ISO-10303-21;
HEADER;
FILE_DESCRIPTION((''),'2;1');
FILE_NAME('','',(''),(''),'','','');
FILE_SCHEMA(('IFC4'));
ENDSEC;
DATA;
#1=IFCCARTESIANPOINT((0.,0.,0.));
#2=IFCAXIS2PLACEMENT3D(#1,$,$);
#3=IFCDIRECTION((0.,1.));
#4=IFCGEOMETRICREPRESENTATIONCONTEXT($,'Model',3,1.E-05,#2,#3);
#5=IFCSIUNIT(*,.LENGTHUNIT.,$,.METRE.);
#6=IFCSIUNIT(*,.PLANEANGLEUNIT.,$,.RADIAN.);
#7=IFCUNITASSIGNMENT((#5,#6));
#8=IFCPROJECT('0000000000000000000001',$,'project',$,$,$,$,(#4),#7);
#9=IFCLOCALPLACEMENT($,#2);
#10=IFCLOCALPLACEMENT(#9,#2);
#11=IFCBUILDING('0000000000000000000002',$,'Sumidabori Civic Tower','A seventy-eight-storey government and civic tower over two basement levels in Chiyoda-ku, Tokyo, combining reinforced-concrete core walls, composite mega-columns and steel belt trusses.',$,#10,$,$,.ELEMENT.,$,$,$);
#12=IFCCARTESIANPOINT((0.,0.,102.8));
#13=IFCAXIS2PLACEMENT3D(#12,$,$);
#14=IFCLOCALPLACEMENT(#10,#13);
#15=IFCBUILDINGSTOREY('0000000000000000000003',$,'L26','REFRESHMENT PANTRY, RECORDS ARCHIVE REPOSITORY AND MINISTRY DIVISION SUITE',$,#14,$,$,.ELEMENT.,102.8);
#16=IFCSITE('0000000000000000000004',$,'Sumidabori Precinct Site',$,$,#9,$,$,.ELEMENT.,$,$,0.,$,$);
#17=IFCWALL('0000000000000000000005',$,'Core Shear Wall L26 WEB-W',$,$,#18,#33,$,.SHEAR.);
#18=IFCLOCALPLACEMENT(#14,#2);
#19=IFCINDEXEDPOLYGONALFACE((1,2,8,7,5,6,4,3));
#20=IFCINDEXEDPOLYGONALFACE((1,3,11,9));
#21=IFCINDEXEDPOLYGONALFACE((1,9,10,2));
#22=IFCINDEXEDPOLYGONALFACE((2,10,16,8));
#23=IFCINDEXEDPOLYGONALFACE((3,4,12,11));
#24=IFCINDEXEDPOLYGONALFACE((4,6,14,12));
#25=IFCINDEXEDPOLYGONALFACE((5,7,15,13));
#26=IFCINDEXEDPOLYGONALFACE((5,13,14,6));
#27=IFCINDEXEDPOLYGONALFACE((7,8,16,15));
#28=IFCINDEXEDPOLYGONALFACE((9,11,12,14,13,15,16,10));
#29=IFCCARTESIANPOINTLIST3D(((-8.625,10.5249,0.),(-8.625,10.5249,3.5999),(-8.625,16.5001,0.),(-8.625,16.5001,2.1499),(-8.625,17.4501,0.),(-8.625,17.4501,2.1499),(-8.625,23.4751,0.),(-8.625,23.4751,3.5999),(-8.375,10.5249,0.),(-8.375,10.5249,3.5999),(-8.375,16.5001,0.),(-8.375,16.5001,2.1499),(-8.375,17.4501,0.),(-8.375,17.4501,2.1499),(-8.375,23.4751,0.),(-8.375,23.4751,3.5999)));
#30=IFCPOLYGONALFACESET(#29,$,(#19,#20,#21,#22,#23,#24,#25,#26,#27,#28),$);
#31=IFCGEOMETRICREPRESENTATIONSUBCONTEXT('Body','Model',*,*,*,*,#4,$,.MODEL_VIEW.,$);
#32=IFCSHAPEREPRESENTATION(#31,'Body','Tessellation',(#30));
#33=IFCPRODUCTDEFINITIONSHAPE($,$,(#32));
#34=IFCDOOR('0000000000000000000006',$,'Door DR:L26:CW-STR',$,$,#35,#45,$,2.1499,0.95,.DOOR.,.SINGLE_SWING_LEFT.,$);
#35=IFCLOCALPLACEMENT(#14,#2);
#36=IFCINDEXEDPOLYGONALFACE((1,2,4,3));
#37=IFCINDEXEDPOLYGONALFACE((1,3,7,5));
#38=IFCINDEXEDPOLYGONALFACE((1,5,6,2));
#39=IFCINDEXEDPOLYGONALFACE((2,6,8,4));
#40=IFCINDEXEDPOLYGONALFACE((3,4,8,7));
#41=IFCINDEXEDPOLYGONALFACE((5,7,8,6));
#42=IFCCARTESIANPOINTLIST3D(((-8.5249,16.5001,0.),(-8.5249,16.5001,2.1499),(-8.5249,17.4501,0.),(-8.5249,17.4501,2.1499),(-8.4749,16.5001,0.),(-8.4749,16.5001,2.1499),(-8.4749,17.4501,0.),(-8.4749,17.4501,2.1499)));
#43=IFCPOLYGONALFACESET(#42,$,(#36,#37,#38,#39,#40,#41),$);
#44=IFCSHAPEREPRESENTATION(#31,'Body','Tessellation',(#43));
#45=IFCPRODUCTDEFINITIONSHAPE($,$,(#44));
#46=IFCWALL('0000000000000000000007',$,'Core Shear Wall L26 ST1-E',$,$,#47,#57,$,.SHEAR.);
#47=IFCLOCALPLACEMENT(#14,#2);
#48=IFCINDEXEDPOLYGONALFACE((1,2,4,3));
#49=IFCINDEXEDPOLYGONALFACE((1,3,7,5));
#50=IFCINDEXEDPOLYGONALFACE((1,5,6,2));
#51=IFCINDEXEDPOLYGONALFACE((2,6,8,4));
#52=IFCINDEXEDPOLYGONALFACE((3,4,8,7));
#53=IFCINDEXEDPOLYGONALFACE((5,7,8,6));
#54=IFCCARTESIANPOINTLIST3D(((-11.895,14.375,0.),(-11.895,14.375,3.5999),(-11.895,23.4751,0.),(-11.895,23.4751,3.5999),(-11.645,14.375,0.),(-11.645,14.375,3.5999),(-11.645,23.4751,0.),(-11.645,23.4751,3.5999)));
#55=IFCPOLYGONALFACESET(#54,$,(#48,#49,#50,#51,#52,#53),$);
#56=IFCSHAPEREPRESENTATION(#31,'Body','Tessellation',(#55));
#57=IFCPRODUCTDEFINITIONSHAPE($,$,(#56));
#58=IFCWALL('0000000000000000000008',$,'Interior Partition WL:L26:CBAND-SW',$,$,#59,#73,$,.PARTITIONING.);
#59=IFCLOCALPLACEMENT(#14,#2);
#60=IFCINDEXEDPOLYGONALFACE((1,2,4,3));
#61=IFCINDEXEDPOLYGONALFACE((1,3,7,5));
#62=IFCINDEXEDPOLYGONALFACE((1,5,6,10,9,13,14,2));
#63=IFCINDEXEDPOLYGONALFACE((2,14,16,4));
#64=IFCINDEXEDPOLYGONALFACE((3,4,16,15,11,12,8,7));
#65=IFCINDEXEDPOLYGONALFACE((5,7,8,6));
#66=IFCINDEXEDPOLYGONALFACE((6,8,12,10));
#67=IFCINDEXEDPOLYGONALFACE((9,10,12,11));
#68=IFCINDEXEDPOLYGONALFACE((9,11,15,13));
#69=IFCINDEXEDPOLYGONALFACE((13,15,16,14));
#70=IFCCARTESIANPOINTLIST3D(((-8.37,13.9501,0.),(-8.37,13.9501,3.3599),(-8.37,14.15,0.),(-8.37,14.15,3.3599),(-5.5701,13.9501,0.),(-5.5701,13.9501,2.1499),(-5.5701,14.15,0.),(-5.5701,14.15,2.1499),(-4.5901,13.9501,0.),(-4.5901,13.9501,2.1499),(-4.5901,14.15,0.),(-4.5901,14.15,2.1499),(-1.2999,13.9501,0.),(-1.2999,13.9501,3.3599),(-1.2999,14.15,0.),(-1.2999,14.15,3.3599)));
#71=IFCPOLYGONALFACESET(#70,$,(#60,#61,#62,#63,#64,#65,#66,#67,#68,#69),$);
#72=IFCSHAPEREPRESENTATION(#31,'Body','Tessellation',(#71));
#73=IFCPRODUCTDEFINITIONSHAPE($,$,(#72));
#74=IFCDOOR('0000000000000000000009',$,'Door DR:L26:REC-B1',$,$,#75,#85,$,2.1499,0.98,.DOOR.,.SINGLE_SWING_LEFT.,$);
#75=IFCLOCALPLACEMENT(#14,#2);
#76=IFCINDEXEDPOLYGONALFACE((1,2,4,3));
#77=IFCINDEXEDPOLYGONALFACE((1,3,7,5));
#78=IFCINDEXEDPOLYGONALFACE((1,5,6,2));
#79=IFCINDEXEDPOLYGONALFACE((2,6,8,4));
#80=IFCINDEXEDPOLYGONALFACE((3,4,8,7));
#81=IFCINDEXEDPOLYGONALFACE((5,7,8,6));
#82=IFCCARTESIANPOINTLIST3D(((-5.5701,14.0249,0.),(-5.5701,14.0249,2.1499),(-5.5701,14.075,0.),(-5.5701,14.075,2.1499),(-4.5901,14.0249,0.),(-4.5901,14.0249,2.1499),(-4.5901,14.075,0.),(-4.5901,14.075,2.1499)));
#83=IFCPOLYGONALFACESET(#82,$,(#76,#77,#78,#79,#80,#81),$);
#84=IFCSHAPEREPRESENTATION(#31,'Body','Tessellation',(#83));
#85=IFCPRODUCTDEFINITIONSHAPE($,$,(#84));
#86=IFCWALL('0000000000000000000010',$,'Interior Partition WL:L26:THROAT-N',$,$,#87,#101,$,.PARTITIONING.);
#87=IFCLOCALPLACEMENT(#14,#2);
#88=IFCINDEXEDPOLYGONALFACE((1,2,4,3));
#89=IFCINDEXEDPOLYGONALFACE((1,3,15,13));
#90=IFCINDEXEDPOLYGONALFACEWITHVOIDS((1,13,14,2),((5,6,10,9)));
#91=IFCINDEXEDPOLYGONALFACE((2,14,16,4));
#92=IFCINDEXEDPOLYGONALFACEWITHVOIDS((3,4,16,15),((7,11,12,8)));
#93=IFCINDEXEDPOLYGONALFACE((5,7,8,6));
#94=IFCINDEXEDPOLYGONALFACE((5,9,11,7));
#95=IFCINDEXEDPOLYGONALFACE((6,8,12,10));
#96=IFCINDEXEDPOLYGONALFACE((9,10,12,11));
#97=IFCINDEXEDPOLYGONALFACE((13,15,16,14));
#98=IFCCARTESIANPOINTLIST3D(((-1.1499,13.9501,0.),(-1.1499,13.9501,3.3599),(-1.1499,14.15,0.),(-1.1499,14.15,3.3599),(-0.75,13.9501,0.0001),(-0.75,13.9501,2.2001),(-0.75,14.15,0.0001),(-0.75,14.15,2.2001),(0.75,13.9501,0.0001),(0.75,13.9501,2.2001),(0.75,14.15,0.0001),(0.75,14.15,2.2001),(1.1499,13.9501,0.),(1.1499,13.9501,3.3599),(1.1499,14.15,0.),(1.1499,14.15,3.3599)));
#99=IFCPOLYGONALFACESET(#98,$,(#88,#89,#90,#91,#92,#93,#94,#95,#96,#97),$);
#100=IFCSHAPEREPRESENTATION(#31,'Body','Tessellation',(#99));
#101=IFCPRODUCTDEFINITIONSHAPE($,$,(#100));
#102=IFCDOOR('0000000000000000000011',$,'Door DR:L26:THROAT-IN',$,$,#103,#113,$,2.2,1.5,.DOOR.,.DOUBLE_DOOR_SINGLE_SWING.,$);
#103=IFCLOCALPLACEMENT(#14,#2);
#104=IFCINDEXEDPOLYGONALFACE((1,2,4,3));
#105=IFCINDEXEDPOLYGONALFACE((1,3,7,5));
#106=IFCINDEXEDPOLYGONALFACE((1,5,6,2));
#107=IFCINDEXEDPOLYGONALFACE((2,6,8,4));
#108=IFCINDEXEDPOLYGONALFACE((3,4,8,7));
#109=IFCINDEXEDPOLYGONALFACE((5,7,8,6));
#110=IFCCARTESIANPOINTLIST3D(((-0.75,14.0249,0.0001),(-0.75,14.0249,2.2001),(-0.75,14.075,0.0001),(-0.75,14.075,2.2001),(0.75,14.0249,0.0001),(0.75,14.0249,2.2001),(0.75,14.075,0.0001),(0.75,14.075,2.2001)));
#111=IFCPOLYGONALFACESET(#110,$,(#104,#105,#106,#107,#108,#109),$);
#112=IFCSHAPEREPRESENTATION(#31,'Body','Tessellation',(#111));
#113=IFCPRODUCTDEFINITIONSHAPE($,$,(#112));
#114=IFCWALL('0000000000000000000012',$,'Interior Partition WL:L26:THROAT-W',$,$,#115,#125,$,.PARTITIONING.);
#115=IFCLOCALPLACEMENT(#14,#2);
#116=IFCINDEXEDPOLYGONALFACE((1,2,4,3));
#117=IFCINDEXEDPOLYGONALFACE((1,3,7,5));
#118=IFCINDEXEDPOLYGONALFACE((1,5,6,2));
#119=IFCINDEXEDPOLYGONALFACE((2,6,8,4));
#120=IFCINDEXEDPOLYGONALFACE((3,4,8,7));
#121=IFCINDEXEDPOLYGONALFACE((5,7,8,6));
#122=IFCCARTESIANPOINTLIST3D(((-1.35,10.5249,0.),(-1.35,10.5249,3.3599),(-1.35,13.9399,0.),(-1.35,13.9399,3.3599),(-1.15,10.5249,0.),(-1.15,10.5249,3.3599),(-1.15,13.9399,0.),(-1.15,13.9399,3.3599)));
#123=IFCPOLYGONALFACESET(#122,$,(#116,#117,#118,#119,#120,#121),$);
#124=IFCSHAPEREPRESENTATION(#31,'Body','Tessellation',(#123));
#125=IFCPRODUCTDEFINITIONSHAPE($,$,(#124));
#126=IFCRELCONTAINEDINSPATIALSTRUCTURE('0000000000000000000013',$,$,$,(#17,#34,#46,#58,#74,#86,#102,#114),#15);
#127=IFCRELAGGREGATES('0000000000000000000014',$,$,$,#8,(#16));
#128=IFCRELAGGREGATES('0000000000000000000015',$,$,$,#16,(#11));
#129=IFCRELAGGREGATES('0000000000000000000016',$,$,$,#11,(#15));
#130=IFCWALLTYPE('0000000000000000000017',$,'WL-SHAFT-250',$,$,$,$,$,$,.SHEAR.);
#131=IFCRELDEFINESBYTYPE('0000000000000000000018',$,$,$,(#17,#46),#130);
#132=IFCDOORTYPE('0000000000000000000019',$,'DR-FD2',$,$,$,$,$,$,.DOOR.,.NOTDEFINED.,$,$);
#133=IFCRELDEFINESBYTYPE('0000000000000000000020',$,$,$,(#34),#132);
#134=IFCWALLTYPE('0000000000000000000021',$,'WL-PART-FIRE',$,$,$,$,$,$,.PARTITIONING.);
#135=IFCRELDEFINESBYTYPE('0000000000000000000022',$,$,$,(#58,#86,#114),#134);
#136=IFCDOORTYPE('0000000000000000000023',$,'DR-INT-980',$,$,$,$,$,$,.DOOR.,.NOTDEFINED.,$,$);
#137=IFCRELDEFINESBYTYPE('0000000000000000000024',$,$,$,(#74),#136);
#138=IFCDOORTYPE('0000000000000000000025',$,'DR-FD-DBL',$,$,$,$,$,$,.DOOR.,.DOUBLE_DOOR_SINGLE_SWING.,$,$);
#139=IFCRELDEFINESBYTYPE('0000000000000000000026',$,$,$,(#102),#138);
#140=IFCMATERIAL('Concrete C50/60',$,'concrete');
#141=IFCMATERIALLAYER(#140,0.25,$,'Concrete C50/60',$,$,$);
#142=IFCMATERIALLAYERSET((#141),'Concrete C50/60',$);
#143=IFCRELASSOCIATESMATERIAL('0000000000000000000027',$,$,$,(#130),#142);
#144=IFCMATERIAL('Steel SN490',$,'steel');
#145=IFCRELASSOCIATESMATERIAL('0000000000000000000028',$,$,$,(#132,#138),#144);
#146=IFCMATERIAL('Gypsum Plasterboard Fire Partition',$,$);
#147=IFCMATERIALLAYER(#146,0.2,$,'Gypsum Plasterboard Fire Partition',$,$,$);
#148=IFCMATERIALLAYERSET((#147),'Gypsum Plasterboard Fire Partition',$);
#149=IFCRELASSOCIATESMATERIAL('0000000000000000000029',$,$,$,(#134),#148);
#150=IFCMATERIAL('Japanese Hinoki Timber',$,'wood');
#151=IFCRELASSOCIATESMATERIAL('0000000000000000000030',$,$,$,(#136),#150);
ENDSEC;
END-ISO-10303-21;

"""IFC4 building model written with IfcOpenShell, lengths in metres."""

from ifc_helpers import new_model, si_unit, direction, frame, frame_2d, origin, place, context, subcontext, project, spatial, rectangle, extrude, source, transform, mapped, material, layer, layer_set, type_object, element, fill, save


model = new_model("IFC4")

# Units and contexts
model_context = context("Model", 3, precision=1e-05, world=origin(), true_north=direction((0.0, 1.0)))
body_context = subcontext(model_context, "Body", "Model", "MODEL_VIEW")
ifc_project = project(units=[si_unit("LENGTHUNIT", "METRE"), si_unit("PLANEANGLEUNIT", "RADIAN")], contexts=[model_context])

# Site, building, storey
site_placement = place(None, origin())
site = spatial("IfcSite", under=ifc_project, at=site_placement, Name="Sumidabori Precinct Site", CompositionType="ELEMENT", RefElevation=0.0)
building_placement = place(site_placement, origin())
building = spatial("IfcBuilding", under=site, at=building_placement, Name="Sumidabori Civic Tower", Description="A seventy-eight-storey government and civic tower over two basement levels in Chiyoda-ku, Tokyo, combining reinforced-concrete core walls, composite mega-columns and steel belt trusses.", CompositionType="ELEMENT")
storey_placement = place(building_placement, frame((0.0, 0.0, 102.8)))
storey = spatial("IfcBuildingStorey", under=building, at=storey_placement, Name="L26", Description="REFRESHMENT PANTRY, RECORDS ARCHIVE REPOSITORY AND MINISTRY DIVISION SUITE", CompositionType="ELEMENT", Elevation=102.8)

# Shared definitions
ifc_material_1 = material(Name="Concrete C50/60", Category="concrete")

# Shared definitions
ifc_material_2 = material(Name="Steel SN490", Category="steel")

# Wall, opening, door
ifc_layer_1 = layer(ifc_material_1, 0.25, Name="Concrete C50/60")
ifc_layer_set_1 = layer_set([ifc_layer_1], Name="Concrete C50/60")
wall_type_1 = type_object("IfcWallType", Name="WL-SHAFT-250", PredefinedType="SHEAR", material=ifc_layer_set_1)
shared_shape_1 = source(origin(), body_context, "Body", "SweptSolid", [
    extrude(rectangle(XDim=12.9502, YDim=0.25, at=frame_2d((6.4751, 0.0))), origin(), (0.0, 0.0, 1.0), 3.5999),
])
wall_1_placement = place(storey_placement, frame((-8.5, 10.5249, 0.0), z_axis=(0.0, 0.0, 1.0), x_axis=(0.0, 1.0, 0.0)))
wall_1 = element("IfcWall", 1, at=wall_1_placement, inside=storey, type_object=wall_type_1, Name="Core Shear Wall L26 WEB-W", PredefinedType="SHEAR", context=body_context, shape_type="MappedRepresentation", body=[
    mapped(shared_shape_1, transform((0.0, 0.0, 0.0), x_axis=(1.0, 0.0, 0.0), y_axis=(0.0, 1.0, 0.0), z_axis=(0.0, 0.0, 1.0), scale=1.0)),
])
opening_1_placement = place(wall_1_placement, frame((5.9751, 0.0, 0.0)))
opening_1 = element("IfcOpeningElement", 2, at=opening_1_placement, cuts=wall_1, PredefinedType="OPENING", context=body_context, shape_type="SweptSolid", body=[
    extrude(rectangle(XDim=0.95, YDim=2.1499, at=frame_2d((0.4751, 1.075))), frame((0.0, 0.137, 0.0), z_axis=(0.0, -1.0, 0.0), x_axis=(1.0, 0.0, 0.0)), (0.0, 0.0, 1.0), 0.2739),
])
door_type_1 = type_object("IfcDoorType", Name="DR-FD2", OperationType="NOTDEFINED", PredefinedType="DOOR", material=ifc_material_2)
shared_shape_2 = source(origin(), body_context, "Body", "SweptSolid", [
    extrude(rectangle(XDim=0.95, YDim=2.1499, at=frame_2d((0.4751, 1.075))), frame((0.0, 0.0249, 0.0), z_axis=(0.0, -1.0, 0.0), x_axis=(1.0, 0.0, 0.0)), (0.0, 0.0, 1.0), 0.05),
])
door_1_placement = place(opening_1_placement, origin())
door_1 = element("IfcDoor", 3, at=door_1_placement, inside=storey, type_object=door_type_1, Name="Door DR:L26:CW-STR", OperationType="SINGLE_SWING_LEFT", OverallHeight=2.1499, OverallWidth=0.95, PredefinedType="DOOR", context=body_context, shape_type="MappedRepresentation", body=[
    mapped(shared_shape_2, transform((0.0, 0.0, 0.0), x_axis=(1.0, 0.0, 0.0), y_axis=(0.0, 1.0, 0.0), z_axis=(0.0, 0.0, 1.0), scale=1.0)),
])
fill(opening_1, door_1)

# Wall
shared_shape_3 = source(origin(), body_context, "Body", "SweptSolid", [
    extrude(rectangle(XDim=9.1001, YDim=0.25, at=frame_2d((4.55, 0.0))), origin(), (0.0, 0.0, 1.0), 3.5999),
])
wall_2_placement = place(storey_placement, frame((-11.77, 14.375, 0.0), z_axis=(0.0, 0.0, 1.0), x_axis=(0.0, 1.0, 0.0)))
element("IfcWall", 4, at=wall_2_placement, inside=storey, type_object=wall_type_1, Name="Core Shear Wall L26 ST1-E", PredefinedType="SHEAR", context=body_context, shape_type="MappedRepresentation", body=[
    mapped(shared_shape_3, transform((0.0, 0.0, 0.0), x_axis=(1.0, 0.0, 0.0), y_axis=(0.0, 1.0, 0.0), z_axis=(0.0, 0.0, 1.0), scale=1.0)),
])

# Walls, openings, doors
ifc_material_3 = material(Name="Gypsum Plasterboard Fire Partition")
ifc_layer_2 = layer(ifc_material_3, 0.2, Name="Gypsum Plasterboard Fire Partition")
ifc_layer_set_2 = layer_set([ifc_layer_2], Name="Gypsum Plasterboard Fire Partition")
wall_type_2 = type_object("IfcWallType", Name="WL-PART-FIRE", PredefinedType="PARTITIONING", material=ifc_layer_set_2)
shared_shape_4 = source(origin(), body_context, "Body", "SweptSolid", [
    extrude(rectangle(XDim=7.0701, YDim=0.2, at=frame_2d((3.5352, 0.0))), origin(), (0.0, 0.0, 1.0), 3.3599),
])
wall_3_placement = place(storey_placement, frame((-8.3701, 14.05, 0.0), z_axis=(0.0, 0.0, 1.0), x_axis=(1.0, 0.0, 0.0)))
wall_3 = element("IfcWall", 5, at=wall_3_placement, inside=storey, type_object=wall_type_2, Name="Interior Partition WL:L26:CBAND-SW", PredefinedType="PARTITIONING", context=body_context, shape_type="MappedRepresentation", body=[
    mapped(shared_shape_4, transform((0.0, 0.0, 0.0), x_axis=(1.0, 0.0, 0.0), y_axis=(0.0, 1.0, 0.0), z_axis=(0.0, 0.0, 1.0), scale=1.0)),
])
opening_2_placement = place(wall_3_placement, frame((2.8, 0.0, 0.0)))
opening_2 = element("IfcOpeningElement", 6, at=opening_2_placement, cuts=wall_3, PredefinedType="OPENING", context=body_context, shape_type="SweptSolid", body=[
    extrude(rectangle(XDim=0.98, YDim=2.1499, at=frame_2d((0.49, 1.075))), frame((0.0, 0.1118, 0.0), z_axis=(0.0, -1.0, 0.0), x_axis=(1.0, 0.0, 0.0)), (0.0, 0.0, 1.0), 0.2239),
])
ifc_material_4 = material(Name="Japanese Hinoki Timber", Category="wood")
door_type_2 = type_object("IfcDoorType", Name="DR-INT-980", OperationType="NOTDEFINED", PredefinedType="DOOR", material=ifc_material_4)
shared_shape_5 = source(origin(), body_context, "Body", "SweptSolid", [
    extrude(rectangle(XDim=0.98, YDim=2.1499, at=frame_2d((0.49, 1.075))), frame((0.0, 0.0249, 0.0), z_axis=(0.0, -1.0, 0.0), x_axis=(1.0, 0.0, 0.0)), (0.0, 0.0, 1.0), 0.05),
])
door_2_placement = place(opening_2_placement, origin())
door_2 = element("IfcDoor", 7, at=door_2_placement, inside=storey, type_object=door_type_2, Name="Door DR:L26:REC-B1", OperationType="SINGLE_SWING_LEFT", OverallHeight=2.1499, OverallWidth=0.98, PredefinedType="DOOR", context=body_context, shape_type="MappedRepresentation", body=[
    mapped(shared_shape_5, transform((0.0, 0.0, 0.0), x_axis=(1.0, 0.0, 0.0), y_axis=(0.0, 1.0, 0.0), z_axis=(0.0, 0.0, 1.0), scale=1.0)),
])
fill(opening_2, door_2)
shared_shape_6 = source(origin(), body_context, "Body", "SweptSolid", [
    extrude(rectangle(XDim=2.2998, YDim=0.2, at=frame_2d((1.1499, 0.0))), origin(), (0.0, 0.0, 1.0), 3.3599),
])
wall_4_placement = place(storey_placement, frame((-1.1499, 14.05, 0.0), z_axis=(0.0, 0.0, 1.0), x_axis=(1.0, 0.0, 0.0)))
wall_4 = element("IfcWall", 8, at=wall_4_placement, inside=storey, type_object=wall_type_2, Name="Interior Partition WL:L26:THROAT-N", PredefinedType="PARTITIONING", context=body_context, shape_type="MappedRepresentation", body=[
    mapped(shared_shape_6, transform((0.0, 0.0, 0.0), x_axis=(1.0, 0.0, 0.0), y_axis=(0.0, 1.0, 0.0), z_axis=(0.0, 0.0, 1.0), scale=1.0)),
])
opening_3_placement = place(wall_4_placement, frame((0.3999, 0.0, 0.0)))
opening_3 = element("IfcOpeningElement", 9, at=opening_3_placement, cuts=wall_4, PredefinedType="OPENING", context=body_context, shape_type="SweptSolid", body=[
    extrude(rectangle(XDim=1.5, YDim=2.2, at=frame_2d((0.75, 1.1001))), frame((0.0, 0.1118, 0.0), z_axis=(0.0, -1.0, 0.0), x_axis=(1.0, 0.0, 0.0)), (0.0, 0.0, 1.0), 0.2239),
])
door_type_3 = type_object("IfcDoorType", Name="DR-FD-DBL", OperationType="DOUBLE_DOOR_SINGLE_SWING", PredefinedType="DOOR", material=ifc_material_2)
shared_shape_7 = source(origin(), body_context, "Body", "SweptSolid", [
    extrude(rectangle(XDim=1.5, YDim=2.2, at=frame_2d((0.75, 1.1001))), frame((0.0, 0.0249, 0.0), z_axis=(0.0, -1.0, 0.0), x_axis=(1.0, 0.0, 0.0)), (0.0, 0.0, 1.0), 0.05),
])
door_3_placement = place(opening_3_placement, origin())
door_3 = element("IfcDoor", 10, at=door_3_placement, inside=storey, type_object=door_type_3, Name="Door DR:L26:THROAT-IN", OperationType="DOUBLE_DOOR_SINGLE_SWING", OverallHeight=2.2, OverallWidth=1.5, PredefinedType="DOOR", context=body_context, shape_type="MappedRepresentation", body=[
    mapped(shared_shape_7, transform((0.0, 0.0, 0.0), x_axis=(1.0, 0.0, 0.0), y_axis=(0.0, 1.0, 0.0), z_axis=(0.0, 0.0, 1.0), scale=1.0)),
])
fill(opening_3, door_3)

# Wall
shared_shape_8 = source(origin(), body_context, "Body", "SweptSolid", [
    extrude(rectangle(XDim=3.415, YDim=0.2, at=frame_2d((1.7075, 0.0))), origin(), (0.0, 0.0, 1.0), 3.3599),
])
wall_5_placement = place(storey_placement, frame((-1.25, 10.5249, 0.0), z_axis=(0.0, 0.0, 1.0), x_axis=(0.0, 1.0, 0.0)))
element("IfcWall", 11, at=wall_5_placement, inside=storey, type_object=wall_type_2, Name="Interior Partition WL:L26:THROAT-W", PredefinedType="PARTITIONING", context=body_context, shape_type="MappedRepresentation", body=[
    mapped(shared_shape_8, transform((0.0, 0.0, 0.0), x_axis=(1.0, 0.0, 0.0), y_axis=(0.0, 1.0, 0.0), z_axis=(0.0, 0.0, 1.0), scale=1.0)),
])

save(model, "model.ifc")
